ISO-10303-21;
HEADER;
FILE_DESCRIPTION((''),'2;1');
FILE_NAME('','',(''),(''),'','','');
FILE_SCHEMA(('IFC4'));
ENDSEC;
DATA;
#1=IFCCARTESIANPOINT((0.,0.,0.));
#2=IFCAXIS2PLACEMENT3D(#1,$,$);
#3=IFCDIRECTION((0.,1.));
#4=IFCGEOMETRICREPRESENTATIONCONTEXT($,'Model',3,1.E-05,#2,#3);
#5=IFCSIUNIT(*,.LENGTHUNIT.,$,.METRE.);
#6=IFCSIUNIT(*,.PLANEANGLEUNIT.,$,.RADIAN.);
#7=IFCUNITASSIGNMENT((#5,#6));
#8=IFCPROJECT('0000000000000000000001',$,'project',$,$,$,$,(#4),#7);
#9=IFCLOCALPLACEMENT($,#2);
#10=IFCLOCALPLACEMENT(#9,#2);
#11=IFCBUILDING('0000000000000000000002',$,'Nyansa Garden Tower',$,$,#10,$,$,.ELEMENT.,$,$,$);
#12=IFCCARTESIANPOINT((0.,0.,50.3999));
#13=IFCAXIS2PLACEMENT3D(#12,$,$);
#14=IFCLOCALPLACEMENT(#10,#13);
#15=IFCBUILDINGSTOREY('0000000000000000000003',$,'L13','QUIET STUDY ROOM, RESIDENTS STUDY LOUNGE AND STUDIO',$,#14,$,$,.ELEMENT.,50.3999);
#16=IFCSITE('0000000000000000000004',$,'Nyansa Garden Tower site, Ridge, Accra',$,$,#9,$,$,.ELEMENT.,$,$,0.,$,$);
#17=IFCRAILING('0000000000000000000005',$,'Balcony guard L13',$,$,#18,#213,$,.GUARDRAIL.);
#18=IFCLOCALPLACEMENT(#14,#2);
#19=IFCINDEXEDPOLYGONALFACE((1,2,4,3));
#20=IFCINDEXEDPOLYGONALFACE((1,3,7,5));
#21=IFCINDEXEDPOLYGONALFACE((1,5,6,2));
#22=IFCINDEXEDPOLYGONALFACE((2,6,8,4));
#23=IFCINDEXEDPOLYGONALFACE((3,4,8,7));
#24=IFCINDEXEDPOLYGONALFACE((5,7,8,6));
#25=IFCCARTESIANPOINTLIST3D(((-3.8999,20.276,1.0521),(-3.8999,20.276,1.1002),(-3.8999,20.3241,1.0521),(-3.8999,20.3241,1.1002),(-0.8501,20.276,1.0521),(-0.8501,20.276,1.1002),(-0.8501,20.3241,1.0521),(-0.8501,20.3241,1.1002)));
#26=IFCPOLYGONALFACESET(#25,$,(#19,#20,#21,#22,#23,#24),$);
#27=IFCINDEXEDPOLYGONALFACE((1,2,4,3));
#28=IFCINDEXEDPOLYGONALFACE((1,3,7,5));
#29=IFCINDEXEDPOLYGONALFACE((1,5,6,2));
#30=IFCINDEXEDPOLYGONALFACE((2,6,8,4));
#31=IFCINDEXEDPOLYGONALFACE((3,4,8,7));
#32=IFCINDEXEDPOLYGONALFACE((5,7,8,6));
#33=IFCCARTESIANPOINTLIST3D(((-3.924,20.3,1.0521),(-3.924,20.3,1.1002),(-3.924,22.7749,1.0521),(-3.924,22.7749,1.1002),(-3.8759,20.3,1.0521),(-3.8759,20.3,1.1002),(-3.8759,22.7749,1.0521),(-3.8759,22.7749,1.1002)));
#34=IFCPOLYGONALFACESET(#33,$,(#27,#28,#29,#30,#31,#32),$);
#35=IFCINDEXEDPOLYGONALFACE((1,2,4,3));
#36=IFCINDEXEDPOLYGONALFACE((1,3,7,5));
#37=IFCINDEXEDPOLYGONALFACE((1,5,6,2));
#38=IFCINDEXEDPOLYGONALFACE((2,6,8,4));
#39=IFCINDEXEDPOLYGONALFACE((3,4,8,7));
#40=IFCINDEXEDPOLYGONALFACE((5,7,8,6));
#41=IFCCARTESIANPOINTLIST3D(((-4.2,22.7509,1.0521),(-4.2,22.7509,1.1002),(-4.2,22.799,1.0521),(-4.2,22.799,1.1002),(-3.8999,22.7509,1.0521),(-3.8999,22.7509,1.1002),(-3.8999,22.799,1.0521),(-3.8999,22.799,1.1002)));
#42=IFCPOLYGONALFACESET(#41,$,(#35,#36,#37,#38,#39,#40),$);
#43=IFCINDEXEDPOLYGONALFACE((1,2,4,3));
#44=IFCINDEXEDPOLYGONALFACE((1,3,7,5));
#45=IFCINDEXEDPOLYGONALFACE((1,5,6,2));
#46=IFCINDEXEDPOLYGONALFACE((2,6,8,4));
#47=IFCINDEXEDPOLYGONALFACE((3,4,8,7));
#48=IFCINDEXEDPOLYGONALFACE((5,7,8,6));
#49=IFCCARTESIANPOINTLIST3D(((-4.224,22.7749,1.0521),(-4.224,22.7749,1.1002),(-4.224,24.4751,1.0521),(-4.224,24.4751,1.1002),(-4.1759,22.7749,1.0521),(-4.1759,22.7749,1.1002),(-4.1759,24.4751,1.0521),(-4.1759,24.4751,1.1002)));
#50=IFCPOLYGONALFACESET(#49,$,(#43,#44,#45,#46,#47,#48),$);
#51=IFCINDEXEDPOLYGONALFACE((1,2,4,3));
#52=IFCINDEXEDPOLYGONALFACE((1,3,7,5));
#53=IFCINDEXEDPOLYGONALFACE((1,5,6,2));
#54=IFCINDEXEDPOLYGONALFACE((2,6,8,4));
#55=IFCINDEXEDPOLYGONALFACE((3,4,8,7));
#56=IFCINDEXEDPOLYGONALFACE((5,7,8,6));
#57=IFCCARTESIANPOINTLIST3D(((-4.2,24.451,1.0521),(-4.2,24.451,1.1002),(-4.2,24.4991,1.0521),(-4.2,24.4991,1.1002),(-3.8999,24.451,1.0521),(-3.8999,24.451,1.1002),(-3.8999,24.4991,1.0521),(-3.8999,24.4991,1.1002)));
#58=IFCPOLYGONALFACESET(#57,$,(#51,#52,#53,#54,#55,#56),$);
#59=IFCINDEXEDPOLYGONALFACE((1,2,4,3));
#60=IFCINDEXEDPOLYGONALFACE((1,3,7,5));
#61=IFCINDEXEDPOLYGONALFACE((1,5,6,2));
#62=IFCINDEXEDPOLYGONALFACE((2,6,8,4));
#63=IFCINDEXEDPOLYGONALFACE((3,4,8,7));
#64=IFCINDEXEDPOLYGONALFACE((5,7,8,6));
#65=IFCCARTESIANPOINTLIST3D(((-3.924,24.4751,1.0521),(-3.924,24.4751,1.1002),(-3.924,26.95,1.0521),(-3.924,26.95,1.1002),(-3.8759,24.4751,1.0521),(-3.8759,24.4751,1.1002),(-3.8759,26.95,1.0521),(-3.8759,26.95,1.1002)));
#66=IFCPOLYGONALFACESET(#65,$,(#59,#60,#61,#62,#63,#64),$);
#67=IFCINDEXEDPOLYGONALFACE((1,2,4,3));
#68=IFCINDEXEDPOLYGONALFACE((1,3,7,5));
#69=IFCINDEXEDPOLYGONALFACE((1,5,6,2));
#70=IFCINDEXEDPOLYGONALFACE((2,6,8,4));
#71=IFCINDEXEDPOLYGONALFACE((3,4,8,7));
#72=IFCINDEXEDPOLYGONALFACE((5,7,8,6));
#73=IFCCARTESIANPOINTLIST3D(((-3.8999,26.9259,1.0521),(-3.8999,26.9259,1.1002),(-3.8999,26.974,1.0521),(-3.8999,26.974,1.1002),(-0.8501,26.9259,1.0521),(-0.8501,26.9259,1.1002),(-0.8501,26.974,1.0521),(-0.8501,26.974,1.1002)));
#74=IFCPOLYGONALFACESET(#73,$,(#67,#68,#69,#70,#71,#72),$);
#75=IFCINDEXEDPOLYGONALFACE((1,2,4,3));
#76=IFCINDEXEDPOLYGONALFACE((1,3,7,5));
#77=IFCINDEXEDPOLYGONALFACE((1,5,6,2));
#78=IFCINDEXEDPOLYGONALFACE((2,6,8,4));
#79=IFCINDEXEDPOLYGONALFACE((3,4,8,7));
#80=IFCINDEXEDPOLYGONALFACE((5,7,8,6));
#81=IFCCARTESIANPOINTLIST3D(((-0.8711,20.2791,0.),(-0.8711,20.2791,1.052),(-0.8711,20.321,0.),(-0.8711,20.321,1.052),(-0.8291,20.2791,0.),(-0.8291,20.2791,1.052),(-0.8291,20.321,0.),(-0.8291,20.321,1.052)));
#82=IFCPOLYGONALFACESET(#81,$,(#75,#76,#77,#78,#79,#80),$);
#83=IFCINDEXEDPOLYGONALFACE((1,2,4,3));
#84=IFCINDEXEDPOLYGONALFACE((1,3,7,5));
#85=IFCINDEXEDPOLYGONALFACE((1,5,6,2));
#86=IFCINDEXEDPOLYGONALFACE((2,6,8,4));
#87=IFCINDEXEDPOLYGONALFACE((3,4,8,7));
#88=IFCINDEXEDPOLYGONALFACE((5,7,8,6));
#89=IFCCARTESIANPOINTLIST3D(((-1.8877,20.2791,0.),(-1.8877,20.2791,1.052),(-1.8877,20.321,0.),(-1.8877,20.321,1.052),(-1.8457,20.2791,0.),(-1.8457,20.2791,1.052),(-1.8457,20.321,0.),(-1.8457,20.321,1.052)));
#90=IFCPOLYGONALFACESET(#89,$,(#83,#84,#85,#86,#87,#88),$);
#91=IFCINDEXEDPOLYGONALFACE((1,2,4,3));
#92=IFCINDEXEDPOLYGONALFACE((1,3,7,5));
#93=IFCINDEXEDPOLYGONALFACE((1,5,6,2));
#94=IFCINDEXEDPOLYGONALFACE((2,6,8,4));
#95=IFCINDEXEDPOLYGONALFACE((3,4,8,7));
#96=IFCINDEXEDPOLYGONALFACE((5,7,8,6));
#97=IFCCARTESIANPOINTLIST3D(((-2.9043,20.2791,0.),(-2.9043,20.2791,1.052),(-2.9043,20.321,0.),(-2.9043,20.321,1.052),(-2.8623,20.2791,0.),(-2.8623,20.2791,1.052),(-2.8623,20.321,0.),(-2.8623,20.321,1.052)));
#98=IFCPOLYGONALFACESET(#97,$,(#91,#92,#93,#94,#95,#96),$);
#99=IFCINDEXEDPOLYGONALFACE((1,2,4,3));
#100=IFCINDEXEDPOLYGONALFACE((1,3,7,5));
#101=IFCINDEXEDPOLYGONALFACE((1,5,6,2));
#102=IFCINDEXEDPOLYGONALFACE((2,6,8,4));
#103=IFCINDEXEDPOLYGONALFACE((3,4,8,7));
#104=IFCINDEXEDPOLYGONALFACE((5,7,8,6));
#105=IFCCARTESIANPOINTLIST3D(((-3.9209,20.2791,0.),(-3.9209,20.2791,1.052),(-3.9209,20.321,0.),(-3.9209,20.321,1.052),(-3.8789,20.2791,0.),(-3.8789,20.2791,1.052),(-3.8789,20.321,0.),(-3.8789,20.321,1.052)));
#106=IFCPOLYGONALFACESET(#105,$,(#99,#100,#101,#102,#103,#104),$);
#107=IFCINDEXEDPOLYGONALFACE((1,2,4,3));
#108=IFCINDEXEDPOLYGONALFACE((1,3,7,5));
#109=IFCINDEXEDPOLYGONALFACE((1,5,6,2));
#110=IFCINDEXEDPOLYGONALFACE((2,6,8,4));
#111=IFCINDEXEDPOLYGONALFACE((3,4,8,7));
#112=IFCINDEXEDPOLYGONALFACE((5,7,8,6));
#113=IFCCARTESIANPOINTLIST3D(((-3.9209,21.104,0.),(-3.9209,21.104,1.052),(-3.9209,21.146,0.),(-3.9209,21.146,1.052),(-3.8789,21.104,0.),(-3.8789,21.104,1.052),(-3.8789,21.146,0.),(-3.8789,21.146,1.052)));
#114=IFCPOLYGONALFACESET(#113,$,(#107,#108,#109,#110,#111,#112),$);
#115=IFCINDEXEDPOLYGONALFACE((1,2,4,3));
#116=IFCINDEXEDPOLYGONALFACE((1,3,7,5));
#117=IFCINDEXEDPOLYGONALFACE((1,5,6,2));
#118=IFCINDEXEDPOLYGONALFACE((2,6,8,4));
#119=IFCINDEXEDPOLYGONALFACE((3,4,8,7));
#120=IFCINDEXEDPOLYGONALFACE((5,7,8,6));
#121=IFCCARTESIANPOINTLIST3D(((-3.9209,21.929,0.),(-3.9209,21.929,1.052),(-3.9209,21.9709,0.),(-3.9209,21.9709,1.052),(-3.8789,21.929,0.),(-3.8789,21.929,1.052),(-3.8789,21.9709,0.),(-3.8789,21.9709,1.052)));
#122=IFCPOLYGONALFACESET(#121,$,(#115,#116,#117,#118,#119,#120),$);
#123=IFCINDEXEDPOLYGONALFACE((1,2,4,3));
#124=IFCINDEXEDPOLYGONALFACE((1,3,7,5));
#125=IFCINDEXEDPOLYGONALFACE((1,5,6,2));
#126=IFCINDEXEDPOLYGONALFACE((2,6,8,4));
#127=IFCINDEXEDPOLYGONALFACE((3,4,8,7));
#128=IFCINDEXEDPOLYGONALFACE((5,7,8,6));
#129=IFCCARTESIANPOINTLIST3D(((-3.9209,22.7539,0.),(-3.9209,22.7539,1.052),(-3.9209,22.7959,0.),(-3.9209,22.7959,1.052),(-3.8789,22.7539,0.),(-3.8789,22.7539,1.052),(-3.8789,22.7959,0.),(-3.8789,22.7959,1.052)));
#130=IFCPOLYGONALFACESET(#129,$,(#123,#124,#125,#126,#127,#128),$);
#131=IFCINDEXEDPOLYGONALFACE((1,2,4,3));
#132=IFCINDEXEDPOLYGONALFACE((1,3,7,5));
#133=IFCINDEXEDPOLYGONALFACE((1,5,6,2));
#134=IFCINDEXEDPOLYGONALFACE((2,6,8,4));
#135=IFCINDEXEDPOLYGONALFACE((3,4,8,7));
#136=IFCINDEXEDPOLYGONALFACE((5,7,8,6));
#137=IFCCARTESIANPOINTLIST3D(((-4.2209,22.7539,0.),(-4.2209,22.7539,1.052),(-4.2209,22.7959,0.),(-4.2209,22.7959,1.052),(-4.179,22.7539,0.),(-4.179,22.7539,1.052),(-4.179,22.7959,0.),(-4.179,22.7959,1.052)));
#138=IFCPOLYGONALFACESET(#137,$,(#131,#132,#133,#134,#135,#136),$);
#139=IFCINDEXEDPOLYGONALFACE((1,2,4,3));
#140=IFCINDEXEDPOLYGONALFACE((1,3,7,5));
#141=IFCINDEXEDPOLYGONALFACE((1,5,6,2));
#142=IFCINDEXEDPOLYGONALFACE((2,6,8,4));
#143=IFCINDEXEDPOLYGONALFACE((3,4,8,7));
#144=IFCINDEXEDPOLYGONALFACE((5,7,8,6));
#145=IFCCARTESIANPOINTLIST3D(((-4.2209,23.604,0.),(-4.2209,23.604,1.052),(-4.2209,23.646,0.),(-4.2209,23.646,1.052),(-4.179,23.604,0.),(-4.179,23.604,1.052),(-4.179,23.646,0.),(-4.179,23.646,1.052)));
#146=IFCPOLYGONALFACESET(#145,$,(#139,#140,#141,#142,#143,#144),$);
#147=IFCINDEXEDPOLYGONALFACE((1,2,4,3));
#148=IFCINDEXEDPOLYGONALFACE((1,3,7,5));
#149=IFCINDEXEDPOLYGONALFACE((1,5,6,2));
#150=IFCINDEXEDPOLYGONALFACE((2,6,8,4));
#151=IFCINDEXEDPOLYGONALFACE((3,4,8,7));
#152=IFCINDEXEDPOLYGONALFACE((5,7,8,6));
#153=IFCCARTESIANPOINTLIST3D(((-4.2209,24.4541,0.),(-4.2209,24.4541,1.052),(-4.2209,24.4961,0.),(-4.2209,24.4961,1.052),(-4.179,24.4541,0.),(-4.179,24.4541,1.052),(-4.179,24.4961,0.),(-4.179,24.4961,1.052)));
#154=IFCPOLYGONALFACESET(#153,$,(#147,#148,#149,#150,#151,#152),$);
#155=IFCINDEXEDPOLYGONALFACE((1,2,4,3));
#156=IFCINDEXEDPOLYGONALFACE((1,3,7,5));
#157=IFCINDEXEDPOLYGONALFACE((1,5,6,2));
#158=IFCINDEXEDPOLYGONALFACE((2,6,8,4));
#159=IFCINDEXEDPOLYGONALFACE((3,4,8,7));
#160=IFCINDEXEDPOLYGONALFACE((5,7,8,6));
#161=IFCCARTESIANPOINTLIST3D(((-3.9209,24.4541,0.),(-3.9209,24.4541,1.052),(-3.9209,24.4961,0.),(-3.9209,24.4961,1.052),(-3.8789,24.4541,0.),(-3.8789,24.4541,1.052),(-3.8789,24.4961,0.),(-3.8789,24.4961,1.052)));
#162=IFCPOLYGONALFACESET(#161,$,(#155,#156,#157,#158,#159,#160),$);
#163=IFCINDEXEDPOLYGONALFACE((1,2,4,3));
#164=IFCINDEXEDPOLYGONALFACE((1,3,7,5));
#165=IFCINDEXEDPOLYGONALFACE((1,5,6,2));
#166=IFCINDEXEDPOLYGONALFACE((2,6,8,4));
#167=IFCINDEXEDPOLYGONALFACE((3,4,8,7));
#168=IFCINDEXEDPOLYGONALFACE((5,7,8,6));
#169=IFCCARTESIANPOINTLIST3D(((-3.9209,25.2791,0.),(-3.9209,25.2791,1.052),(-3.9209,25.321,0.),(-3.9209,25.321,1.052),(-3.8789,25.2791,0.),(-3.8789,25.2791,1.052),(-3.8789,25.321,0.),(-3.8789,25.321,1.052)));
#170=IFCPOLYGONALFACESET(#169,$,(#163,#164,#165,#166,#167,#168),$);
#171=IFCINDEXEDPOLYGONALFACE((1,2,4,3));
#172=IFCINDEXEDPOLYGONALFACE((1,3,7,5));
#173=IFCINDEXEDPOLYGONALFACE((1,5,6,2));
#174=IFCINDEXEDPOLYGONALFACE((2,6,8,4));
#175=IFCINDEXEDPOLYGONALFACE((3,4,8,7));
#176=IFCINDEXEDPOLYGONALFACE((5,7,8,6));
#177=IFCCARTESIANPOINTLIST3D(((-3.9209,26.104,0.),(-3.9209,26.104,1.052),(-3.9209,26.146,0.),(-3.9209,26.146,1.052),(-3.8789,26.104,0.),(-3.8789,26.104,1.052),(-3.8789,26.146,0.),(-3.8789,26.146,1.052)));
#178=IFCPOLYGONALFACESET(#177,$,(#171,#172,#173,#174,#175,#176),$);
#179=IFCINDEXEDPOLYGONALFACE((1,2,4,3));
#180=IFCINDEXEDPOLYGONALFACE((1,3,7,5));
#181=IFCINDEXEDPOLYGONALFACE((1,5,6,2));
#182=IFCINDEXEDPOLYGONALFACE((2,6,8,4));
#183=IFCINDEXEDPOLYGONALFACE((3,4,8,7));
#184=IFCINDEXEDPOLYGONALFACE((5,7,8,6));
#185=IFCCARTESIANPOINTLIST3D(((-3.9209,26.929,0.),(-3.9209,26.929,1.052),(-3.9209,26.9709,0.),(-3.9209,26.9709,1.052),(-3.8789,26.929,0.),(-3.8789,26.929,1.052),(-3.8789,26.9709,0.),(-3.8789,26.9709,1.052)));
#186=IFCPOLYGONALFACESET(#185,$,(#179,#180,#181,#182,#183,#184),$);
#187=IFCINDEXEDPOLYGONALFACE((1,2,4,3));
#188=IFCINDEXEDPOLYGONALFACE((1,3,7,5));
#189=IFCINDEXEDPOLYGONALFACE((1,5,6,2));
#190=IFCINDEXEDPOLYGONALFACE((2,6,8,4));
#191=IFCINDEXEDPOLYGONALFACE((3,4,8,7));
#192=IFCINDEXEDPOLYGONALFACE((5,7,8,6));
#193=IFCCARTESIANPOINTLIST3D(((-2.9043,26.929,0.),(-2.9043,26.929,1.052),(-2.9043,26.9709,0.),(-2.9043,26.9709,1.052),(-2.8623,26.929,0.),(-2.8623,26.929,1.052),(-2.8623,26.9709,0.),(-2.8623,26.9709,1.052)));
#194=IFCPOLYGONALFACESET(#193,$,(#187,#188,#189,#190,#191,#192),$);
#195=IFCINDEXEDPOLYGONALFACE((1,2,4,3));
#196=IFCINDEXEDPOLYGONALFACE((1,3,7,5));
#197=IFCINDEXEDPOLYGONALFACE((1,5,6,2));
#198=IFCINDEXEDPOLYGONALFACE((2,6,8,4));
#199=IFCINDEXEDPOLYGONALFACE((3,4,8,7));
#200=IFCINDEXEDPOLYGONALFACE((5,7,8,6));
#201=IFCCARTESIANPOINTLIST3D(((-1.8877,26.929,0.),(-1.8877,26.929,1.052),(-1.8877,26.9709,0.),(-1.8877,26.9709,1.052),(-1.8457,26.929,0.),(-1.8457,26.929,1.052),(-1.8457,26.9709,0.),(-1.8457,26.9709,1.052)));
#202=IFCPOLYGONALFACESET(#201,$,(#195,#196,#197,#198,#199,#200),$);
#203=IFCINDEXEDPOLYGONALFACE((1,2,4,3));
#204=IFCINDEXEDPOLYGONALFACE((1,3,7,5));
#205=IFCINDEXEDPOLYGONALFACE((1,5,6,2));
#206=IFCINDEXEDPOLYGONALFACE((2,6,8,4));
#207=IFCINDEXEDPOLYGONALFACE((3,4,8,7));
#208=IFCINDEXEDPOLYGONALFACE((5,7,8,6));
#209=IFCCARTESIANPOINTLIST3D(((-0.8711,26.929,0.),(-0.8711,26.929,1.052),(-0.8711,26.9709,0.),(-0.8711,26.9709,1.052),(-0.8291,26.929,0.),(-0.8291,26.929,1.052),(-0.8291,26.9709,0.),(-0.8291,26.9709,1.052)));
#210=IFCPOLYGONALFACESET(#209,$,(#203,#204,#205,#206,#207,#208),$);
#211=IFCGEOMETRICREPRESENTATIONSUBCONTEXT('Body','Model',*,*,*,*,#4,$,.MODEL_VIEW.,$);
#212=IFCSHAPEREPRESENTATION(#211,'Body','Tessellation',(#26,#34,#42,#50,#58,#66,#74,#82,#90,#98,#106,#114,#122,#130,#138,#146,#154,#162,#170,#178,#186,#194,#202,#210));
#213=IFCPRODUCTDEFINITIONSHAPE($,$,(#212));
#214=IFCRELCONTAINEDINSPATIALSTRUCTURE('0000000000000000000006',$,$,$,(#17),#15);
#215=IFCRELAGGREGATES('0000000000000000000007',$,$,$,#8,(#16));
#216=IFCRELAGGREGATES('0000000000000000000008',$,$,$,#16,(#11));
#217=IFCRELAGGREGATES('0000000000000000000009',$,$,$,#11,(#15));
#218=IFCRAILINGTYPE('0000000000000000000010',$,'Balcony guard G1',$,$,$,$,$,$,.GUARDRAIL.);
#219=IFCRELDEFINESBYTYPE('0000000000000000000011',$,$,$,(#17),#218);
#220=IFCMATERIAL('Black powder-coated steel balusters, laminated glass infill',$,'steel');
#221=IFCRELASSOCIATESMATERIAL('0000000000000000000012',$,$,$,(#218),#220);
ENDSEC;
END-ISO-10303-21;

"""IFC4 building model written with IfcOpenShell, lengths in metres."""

from ifc_helpers import new_model, si_unit, direction, frame, origin, origin_2d, place, context, subcontext, project, spatial, rectangle, extrude, material, type_object, element, save


model = new_model("IFC4")

# Units and contexts
model_context = context("Model", 3, precision=1e-05, world=origin(), true_north=direction((0.0, 1.0)))
body_context = subcontext(model_context, "Body", "Model", "MODEL_VIEW")
ifc_project = project(units=[si_unit("LENGTHUNIT", "METRE"), si_unit("PLANEANGLEUNIT", "RADIAN")], contexts=[model_context])

# Site, building, storey
site_placement = place(None, origin())
site = spatial("IfcSite", under=ifc_project, at=site_placement, Name="Nyansa Garden Tower site, Ridge, Accra", CompositionType="ELEMENT", RefElevation=0.0)
building_placement = place(site_placement, origin())
building = spatial("IfcBuilding", under=site, at=building_placement, Name="Nyansa Garden Tower", CompositionType="ELEMENT")
storey_placement = place(building_placement, frame((0.0, 0.0, 50.3999)))
storey = spatial("IfcBuildingStorey", under=building, at=storey_placement, Name="L13", Description="QUIET STUDY ROOM, RESIDENTS STUDY LOUNGE AND STUDIO", CompositionType="ELEMENT", Elevation=50.3999)

# Railing
ifc_material_1 = material(Name="Black powder-coated steel balusters, laminated glass infill", Category="steel")
railing_type = type_object("IfcRailingType", Name="Balcony guard G1", PredefinedType="GUARDRAIL", material=ifc_material_1)
railing_placement = place(storey_placement, frame((-0.8501, 20.3, 0.0)))
element("IfcRailing", 1, at=railing_placement, inside=storey, type_object=railing_type, Name="Balcony guard L13", PredefinedType="GUARDRAIL", context=body_context, shape_type="SweptSolid", body=[
    extrude(rectangle(XDim=0.0481, YDim=0.0481, at=origin_2d()), frame((0.0, 0.0, 1.0762), z_axis=(-1.0, 0.0, 0.0), x_axis=(0.0, -1.0, 0.0)), (0.0, 0.0, 1.0), 3.0498),
    extrude(rectangle(XDim=0.0481, YDim=0.0481, at=origin_2d()), frame((-3.0498, 0.0, 1.0762), z_axis=(0.0, 1.0, 0.0), x_axis=(-1.0, 0.0, 0.0)), (0.0, 0.0, 1.0), 2.4749),
    extrude(rectangle(XDim=0.0481, YDim=0.0481, at=origin_2d()), frame((-3.0498, 2.4749, 1.0762), z_axis=(-1.0, 0.0, 0.0), x_axis=(0.0, -1.0, 0.0)), (0.0, 0.0, 1.0), 0.3),
    extrude(rectangle(XDim=0.0481, YDim=0.0481, at=origin_2d()), frame((-3.3499, 2.4749, 1.0762), z_axis=(0.0, 1.0, 0.0), x_axis=(-1.0, 0.0, 0.0)), (0.0, 0.0, 1.0), 1.7002),
    extrude(rectangle(XDim=0.0481, YDim=0.0481, at=origin_2d()), frame((-3.3499, 4.175, 1.0762), z_axis=(1.0, 0.0, 0.0), x_axis=(0.0, 1.0, 0.0)), (0.0, 0.0, 1.0), 0.3),
    extrude(rectangle(XDim=0.0481, YDim=0.0481, at=origin_2d()), frame((-3.0498, 4.175, 1.0762), z_axis=(0.0, 1.0, 0.0), x_axis=(-1.0, 0.0, 0.0)), (0.0, 0.0, 1.0), 2.4749),
    extrude(rectangle(XDim=0.0481, YDim=0.0481, at=origin_2d()), frame((-3.0498, 6.6499, 1.0762), z_axis=(1.0, 0.0, 0.0), x_axis=(0.0, 1.0, 0.0)), (0.0, 0.0, 1.0), 3.0498),
    extrude(rectangle(XDim=0.042, YDim=0.042, at=origin_2d()), origin(), (0.0, 0.0, 1.0), 1.052),
    extrude(rectangle(XDim=0.042, YDim=0.042, at=origin_2d()), frame((-1.0166, 0.0, 0.0)), (0.0, 0.0, 1.0), 1.052),
    extrude(rectangle(XDim=0.042, YDim=0.042, at=origin_2d()), frame((-2.0332, 0.0, 0.0)), (0.0, 0.0, 1.0), 1.052),
    extrude(rectangle(XDim=0.042, YDim=0.042, at=origin_2d()), frame((-3.0498, 0.0, 0.0)), (0.0, 0.0, 1.0), 1.052),
    extrude(rectangle(XDim=0.042, YDim=0.042, at=origin_2d()), frame((-3.0498, 0.825, 0.0)), (0.0, 0.0, 1.0), 1.052),
    extrude(rectangle(XDim=0.042, YDim=0.042, at=origin_2d()), frame((-3.0498, 1.6499, 0.0)), (0.0, 0.0, 1.0), 1.052),
    extrude(rectangle(XDim=0.042, YDim=0.042, at=origin_2d()), frame((-3.0498, 2.4749, 0.0)), (0.0, 0.0, 1.0), 1.052),
    extrude(rectangle(XDim=0.042, YDim=0.042, at=origin_2d()), frame((-3.3499, 2.4749, 0.0)), (0.0, 0.0, 1.0), 1.052),
    extrude(rectangle(XDim=0.042, YDim=0.042, at=origin_2d()), frame((-3.3499, 3.325, 0.0)), (0.0, 0.0, 1.0), 1.052),
    extrude(rectangle(XDim=0.042, YDim=0.042, at=origin_2d()), frame((-3.3499, 4.175, 0.0)), (0.0, 0.0, 1.0), 1.052),
    extrude(rectangle(XDim=0.042, YDim=0.042, at=origin_2d()), frame((-3.0498, 4.175, 0.0)), (0.0, 0.0, 1.0), 1.052),
    extrude(rectangle(XDim=0.042, YDim=0.042, at=origin_2d()), frame((-3.0498, 5.0, 0.0)), (0.0, 0.0, 1.0), 1.052),
    extrude(rectangle(XDim=0.042, YDim=0.042, at=origin_2d()), frame((-3.0498, 5.825, 0.0)), (0.0, 0.0, 1.0), 1.052),
    extrude(rectangle(XDim=0.042, YDim=0.042, at=origin_2d()), frame((-3.0498, 6.6499, 0.0)), (0.0, 0.0, 1.0), 1.052),
    extrude(rectangle(XDim=0.042, YDim=0.042, at=origin_2d()), frame((-2.0332, 6.6499, 0.0)), (0.0, 0.0, 1.0), 1.052),
    extrude(rectangle(XDim=0.042, YDim=0.042, at=origin_2d()), frame((-1.0166, 6.6499, 0.0)), (0.0, 0.0, 1.0), 1.052),
    extrude(rectangle(XDim=0.042, YDim=0.042, at=origin_2d()), frame((0.0, 6.6499, 0.0)), (0.0, 0.0, 1.0), 1.052),
])

save(model, "model.ifc")
